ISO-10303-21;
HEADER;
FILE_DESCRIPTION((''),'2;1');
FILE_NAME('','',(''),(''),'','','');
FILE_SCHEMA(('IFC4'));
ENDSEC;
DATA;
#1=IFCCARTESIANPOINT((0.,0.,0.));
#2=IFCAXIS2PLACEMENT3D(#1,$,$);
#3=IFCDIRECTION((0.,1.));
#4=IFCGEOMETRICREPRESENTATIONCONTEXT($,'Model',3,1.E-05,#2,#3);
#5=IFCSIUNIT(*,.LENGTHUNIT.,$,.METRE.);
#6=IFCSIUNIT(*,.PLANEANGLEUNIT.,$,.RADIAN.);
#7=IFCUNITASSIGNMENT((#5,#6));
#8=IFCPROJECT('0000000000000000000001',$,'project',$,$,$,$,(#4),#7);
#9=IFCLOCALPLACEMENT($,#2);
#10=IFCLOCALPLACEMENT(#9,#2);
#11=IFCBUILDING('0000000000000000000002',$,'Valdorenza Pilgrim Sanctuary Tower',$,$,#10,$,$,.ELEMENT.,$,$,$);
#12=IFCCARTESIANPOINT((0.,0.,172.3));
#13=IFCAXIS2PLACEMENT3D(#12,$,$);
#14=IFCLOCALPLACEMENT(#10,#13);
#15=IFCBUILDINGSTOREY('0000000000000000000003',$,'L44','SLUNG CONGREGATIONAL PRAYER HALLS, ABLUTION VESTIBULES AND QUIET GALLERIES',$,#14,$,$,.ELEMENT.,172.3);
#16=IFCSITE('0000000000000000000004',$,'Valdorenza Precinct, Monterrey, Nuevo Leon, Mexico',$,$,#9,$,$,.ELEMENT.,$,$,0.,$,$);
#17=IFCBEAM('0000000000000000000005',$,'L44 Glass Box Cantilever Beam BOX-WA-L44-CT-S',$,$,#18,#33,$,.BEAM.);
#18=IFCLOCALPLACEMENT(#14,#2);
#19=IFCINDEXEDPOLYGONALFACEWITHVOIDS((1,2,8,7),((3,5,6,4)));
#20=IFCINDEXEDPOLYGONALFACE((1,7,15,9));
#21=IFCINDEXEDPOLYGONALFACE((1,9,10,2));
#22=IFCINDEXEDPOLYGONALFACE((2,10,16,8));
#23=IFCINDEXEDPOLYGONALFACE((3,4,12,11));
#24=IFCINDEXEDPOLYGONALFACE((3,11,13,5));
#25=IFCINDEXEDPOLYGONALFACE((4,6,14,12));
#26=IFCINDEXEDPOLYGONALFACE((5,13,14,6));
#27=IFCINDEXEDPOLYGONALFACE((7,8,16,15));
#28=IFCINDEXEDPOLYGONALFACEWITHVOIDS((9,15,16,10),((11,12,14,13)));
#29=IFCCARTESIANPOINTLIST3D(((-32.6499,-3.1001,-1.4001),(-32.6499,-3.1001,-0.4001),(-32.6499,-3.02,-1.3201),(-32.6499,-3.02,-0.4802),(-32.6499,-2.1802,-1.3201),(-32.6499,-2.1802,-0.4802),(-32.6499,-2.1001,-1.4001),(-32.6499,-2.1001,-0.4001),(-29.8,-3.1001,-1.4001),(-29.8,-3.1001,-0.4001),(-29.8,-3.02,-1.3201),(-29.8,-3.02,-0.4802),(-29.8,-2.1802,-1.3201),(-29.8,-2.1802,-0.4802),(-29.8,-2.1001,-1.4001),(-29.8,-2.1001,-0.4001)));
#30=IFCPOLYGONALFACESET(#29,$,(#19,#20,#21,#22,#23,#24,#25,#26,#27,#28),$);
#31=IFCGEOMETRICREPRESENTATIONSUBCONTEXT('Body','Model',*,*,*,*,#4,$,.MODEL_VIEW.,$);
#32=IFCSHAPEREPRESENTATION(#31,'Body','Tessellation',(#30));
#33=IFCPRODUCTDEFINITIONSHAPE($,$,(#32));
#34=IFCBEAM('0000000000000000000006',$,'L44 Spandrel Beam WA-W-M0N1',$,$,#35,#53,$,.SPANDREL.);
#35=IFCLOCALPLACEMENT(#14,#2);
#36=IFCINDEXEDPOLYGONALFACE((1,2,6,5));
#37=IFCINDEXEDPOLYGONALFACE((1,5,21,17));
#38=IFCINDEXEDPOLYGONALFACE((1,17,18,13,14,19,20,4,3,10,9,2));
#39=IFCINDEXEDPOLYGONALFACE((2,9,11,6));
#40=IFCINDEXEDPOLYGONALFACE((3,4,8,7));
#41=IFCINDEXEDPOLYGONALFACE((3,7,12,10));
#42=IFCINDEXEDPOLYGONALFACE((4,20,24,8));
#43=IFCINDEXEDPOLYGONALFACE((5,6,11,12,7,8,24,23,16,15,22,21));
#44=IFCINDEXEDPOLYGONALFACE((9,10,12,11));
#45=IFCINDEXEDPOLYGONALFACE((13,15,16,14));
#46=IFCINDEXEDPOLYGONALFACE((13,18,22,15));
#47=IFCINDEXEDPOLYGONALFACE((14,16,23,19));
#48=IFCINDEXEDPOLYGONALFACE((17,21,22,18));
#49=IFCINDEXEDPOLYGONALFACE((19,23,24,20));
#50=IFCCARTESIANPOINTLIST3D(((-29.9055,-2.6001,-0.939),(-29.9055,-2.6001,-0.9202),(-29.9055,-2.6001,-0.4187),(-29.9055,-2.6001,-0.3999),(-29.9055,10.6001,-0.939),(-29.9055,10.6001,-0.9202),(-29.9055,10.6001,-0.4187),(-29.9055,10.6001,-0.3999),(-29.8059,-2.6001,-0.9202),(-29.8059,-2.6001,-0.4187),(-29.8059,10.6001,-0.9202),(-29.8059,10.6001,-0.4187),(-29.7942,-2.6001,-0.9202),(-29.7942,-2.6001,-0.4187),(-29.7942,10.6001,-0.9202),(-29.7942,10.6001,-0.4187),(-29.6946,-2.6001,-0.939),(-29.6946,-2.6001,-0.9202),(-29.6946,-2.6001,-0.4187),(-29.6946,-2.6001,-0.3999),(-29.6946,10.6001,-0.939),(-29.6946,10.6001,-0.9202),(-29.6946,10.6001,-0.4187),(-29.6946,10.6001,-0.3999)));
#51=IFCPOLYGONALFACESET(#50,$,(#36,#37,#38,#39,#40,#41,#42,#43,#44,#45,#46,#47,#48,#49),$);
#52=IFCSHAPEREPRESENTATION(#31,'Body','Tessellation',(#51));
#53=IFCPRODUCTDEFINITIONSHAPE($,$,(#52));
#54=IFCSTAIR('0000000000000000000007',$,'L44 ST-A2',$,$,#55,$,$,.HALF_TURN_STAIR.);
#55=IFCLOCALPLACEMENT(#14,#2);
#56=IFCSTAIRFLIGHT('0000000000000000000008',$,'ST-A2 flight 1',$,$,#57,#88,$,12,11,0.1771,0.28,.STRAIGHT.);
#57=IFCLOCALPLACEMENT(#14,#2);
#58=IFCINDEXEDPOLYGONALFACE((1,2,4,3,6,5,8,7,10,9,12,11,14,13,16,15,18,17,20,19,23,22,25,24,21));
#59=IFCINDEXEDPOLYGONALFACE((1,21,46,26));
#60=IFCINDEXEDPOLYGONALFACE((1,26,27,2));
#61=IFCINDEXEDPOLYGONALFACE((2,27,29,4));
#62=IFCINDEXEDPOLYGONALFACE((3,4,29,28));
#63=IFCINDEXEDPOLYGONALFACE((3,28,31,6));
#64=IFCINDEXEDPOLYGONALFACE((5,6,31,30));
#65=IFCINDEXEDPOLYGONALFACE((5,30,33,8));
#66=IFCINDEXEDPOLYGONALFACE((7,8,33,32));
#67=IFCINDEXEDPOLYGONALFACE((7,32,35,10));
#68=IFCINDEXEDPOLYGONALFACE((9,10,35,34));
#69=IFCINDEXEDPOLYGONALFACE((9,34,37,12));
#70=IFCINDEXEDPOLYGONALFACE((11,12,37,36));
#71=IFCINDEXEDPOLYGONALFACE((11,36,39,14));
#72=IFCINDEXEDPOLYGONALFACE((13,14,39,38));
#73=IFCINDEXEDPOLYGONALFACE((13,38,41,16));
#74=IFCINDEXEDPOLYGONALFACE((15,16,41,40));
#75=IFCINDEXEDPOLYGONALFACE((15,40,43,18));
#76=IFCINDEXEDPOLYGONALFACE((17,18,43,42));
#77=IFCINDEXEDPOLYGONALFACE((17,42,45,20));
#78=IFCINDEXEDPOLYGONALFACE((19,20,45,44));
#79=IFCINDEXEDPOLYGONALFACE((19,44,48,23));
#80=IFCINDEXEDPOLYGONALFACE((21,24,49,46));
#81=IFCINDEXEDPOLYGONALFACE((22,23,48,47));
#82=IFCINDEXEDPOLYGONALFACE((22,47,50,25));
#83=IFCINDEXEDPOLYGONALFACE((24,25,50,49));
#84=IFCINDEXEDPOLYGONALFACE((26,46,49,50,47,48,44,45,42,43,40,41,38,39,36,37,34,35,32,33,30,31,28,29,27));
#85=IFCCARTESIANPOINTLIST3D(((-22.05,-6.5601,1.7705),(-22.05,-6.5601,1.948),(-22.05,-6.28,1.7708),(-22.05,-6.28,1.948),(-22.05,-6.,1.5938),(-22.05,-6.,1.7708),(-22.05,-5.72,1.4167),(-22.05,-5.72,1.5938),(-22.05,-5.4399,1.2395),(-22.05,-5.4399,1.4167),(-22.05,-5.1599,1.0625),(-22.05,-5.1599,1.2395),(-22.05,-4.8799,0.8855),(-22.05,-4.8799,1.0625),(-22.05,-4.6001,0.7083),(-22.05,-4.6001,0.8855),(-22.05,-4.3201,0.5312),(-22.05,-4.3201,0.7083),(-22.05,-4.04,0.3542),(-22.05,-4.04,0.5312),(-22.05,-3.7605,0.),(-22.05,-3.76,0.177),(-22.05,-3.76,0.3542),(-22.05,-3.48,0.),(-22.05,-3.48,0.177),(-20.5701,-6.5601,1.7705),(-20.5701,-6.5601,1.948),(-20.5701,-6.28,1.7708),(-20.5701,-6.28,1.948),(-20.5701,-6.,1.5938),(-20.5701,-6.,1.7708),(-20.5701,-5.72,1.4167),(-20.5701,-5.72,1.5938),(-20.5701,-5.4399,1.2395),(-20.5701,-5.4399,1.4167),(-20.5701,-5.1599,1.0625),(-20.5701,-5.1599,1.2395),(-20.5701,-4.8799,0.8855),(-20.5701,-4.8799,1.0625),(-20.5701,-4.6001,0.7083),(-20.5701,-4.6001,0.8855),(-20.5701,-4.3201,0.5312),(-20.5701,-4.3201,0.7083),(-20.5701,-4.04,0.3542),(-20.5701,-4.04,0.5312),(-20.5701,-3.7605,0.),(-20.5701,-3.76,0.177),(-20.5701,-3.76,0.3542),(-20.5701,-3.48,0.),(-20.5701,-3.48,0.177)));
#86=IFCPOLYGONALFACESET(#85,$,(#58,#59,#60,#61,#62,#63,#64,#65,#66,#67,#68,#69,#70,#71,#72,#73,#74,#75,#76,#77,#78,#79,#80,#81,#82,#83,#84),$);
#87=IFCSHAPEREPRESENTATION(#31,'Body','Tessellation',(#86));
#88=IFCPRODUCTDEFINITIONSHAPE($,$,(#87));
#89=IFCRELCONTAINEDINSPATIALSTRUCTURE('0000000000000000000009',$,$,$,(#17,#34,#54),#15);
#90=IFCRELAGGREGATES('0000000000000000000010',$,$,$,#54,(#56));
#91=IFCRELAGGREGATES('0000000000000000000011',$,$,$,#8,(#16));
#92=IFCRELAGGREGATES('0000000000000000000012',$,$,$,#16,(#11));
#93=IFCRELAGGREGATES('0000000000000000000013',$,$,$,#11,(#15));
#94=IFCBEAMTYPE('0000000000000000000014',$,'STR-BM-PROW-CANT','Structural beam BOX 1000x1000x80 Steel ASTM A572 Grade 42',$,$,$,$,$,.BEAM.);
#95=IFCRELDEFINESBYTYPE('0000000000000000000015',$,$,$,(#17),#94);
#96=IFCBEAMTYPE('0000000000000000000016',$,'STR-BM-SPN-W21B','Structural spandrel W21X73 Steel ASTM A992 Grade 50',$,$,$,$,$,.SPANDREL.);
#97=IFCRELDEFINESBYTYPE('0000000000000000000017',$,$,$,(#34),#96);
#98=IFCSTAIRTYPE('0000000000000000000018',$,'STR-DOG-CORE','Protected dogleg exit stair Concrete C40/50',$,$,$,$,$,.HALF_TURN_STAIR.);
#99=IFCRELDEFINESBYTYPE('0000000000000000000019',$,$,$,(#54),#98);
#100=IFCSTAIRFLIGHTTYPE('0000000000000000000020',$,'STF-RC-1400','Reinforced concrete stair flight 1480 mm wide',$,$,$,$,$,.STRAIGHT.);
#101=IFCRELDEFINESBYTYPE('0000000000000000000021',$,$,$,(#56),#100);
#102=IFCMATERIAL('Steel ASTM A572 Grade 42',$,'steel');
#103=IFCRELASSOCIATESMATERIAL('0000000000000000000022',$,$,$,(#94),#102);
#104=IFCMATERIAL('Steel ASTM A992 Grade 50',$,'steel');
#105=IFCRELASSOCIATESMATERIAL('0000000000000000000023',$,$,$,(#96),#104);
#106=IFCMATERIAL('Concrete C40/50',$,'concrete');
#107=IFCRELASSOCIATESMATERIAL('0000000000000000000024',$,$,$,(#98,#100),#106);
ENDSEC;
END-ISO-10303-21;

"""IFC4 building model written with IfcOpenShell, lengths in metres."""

from ifc_helpers import new_model, si_unit, direction, frame, origin, origin_2d, place, context, subcontext, project, spatial, polyline, hollow_rectangle, i_section, outline, extrude, source, transform, mapped, material, material_profile, profile_set, type_object, element, aggregate, save


model = new_model("IFC4")

# Units and contexts
model_context = context("Model", 3, precision=1e-05, world=origin(), true_north=direction((0.0, 1.0)))
body_context = subcontext(model_context, "Body", "Model", "MODEL_VIEW")
ifc_project = project(units=[si_unit("LENGTHUNIT", "METRE"), si_unit("PLANEANGLEUNIT", "RADIAN")], contexts=[model_context])

# Site, building, storey
site_placement = place(None, origin())
site = spatial("IfcSite", under=ifc_project, at=site_placement, Name="Valdorenza Precinct, Monterrey, Nuevo Leon, Mexico", CompositionType="ELEMENT", RefElevation=0.0)
building_placement = place(site_placement, origin())
building = spatial("IfcBuilding", under=site, at=building_placement, Name="Valdorenza Pilgrim Sanctuary Tower", CompositionType="ELEMENT")
storey_placement = place(building_placement, frame((0.0, 0.0, 172.3)))
storey = spatial("IfcBuildingStorey", under=building, at=storey_placement, Name="L44", Description="SLUNG CONGREGATIONAL PRAYER HALLS, ABLUTION VESTIBULES AND QUIET GALLERIES", CompositionType="ELEMENT", Elevation=172.3)

# Beams
ifc_material_1 = material(Name="Steel ASTM A992 Grade 50", Category="steel")
ifc_material_2 = material(Name="Steel ASTM A572 Grade 42", Category="steel")
ifc_material_profile_1 = material_profile(ifc_material_2, hollow_rectangle(XDim=1.0, YDim=1.0, WallThickness=0.0801, at=origin_2d()), Name="BOX 1000x1000x80")
ifc_profile_set_1 = profile_set([ifc_material_profile_1], Name="Steel ASTM A572 Grade 42")
beam_type_1 = type_object("IfcBeamType", Name="STR-BM-PROW-CANT", Description="Structural beam BOX 1000x1000x80 Steel ASTM A572 Grade 42", PredefinedType="BEAM", material=ifc_profile_set_1)
shared_shape_1 = source(origin(), body_context, "Body", "SweptSolid", [
    extrude(hollow_rectangle(XDim=1.0, YDim=1.0, WallThickness=0.0801, at=origin_2d()), origin(), (0.0, 0.0, 1.0), 2.8499),
])
beam_1_placement = place(storey_placement, frame((-29.8, -2.6001, -0.9001), z_axis=(-1.0, 0.0, 0.0), x_axis=(0.0, -1.0, 0.0)))
element("IfcBeam", 1, at=beam_1_placement, inside=storey, type_object=beam_type_1, Name="L44 Glass Box Cantilever Beam BOX-WA-L44-CT-S", PredefinedType="BEAM", context=body_context, shape_type="MappedRepresentation", body=[
    mapped(shared_shape_1, transform((0.0, 0.0, 0.0), x_axis=(1.0, 0.0, 0.0), y_axis=(0.0, 1.0, 0.0), z_axis=(0.0, 0.0, 1.0), scale=1.0)),
])
ifc_material_profile_2 = material_profile(ifc_material_1, i_section(OverallWidth=0.2109, OverallDepth=0.5391, WebThickness=0.0117, FlangeThickness=0.0188, at=origin_2d()), Name="W21X73")
ifc_profile_set_2 = profile_set([ifc_material_profile_2], Name="Steel ASTM A992 Grade 50")
beam_type_2 = type_object("IfcBeamType", Name="STR-BM-SPN-W21B", Description="Structural spandrel W21X73 Steel ASTM A992 Grade 50", PredefinedType="SPANDREL", material=ifc_profile_set_2)
shared_shape_2 = source(origin(), body_context, "Body", "SweptSolid", [
    extrude(i_section(OverallWidth=0.2109, OverallDepth=0.5391, WebThickness=0.0117, FlangeThickness=0.0188, at=origin_2d()), origin(), (0.0, 0.0, 1.0), 13.2002),
])
beam_2_placement = place(storey_placement, frame((-29.8, -2.6001, -0.6694), z_axis=(0.0, 1.0, 0.0), x_axis=(-1.0, 0.0, 0.0)))
element("IfcBeam", 2, at=beam_2_placement, inside=storey, type_object=beam_type_2, Name="L44 Spandrel Beam WA-W-M0N1", PredefinedType="SPANDREL", context=body_context, shape_type="MappedRepresentation", body=[
    mapped(shared_shape_2, transform((0.0, 0.0, 0.0), x_axis=(1.0, 0.0, 0.0), y_axis=(0.0, 1.0, 0.0), z_axis=(0.0, 0.0, 1.0), scale=1.0)),
])

# Shared definitions
ifc_material_3 = material(Name="Concrete C40/50", Category="concrete")

# Stair, stair flight
stair_type = type_object("IfcStairType", Name="STR-DOG-CORE", Description="Protected dogleg exit stair Concrete C40/50", PredefinedType="HALF_TURN_STAIR", material=ifc_material_3)
stair_placement = place(storey_placement, origin())
stair = element("IfcStair", 3, at=stair_placement, inside=storey, type_object=stair_type, Name="L44 ST-A2", PredefinedType="HALF_TURN_STAIR")
stair_flight_type = type_object("IfcStairFlightType", Name="STF-RC-1400", Description="Reinforced concrete stair flight 1480 mm wide", PredefinedType="STRAIGHT", material=ifc_material_3)
stair_flight_placement = place(storey_placement, frame((-21.3101, -3.48, 0.0), z_axis=(0.0, 0.0, 1.0), x_axis=(0.0, -1.0, 0.0)))
stair_flight = element("IfcStairFlight", 4, at=stair_flight_placement, type_object=stair_flight_type, Name="ST-A2 flight 1", NumberOfRisers=12, NumberOfTreads=11, PredefinedType="STRAIGHT", RiserHeight=0.1771, TreadLength=0.28, context=body_context, shape_type="SweptSolid", body=[
    extrude(outline(polyline([(0.0, 0.0), (0.0, 0.177), (0.28, 0.177), (0.28, 0.3542), (0.5601, 0.3542), (0.5601, 0.5312), (0.8401, 0.5312), (0.8401, 0.7083), (1.1201, 0.7083), (1.1201, 0.8855), (1.3999, 0.8855), (1.3999, 1.0625), (1.6799, 1.0625), (1.6799, 1.2395), (1.96, 1.2395), (1.96, 1.4167), (2.24, 1.4167), (2.24, 1.5938), (2.52, 1.5938), (2.52, 1.7708), (2.8, 1.7708), (2.8, 1.948), (3.0801, 1.948), (3.0801, 2.125), (3.0801, 1.7705), (0.2805, 0.0), (0.0, 0.0)])), frame((0.0, 0.74, 0.0), z_axis=(0.0, -1.0, 0.0), x_axis=(1.0, 0.0, 0.0)), (0.0, 0.0, 1.0), 1.48),
])
aggregate(stair, [stair_flight])

save(model, "model.ifc")
